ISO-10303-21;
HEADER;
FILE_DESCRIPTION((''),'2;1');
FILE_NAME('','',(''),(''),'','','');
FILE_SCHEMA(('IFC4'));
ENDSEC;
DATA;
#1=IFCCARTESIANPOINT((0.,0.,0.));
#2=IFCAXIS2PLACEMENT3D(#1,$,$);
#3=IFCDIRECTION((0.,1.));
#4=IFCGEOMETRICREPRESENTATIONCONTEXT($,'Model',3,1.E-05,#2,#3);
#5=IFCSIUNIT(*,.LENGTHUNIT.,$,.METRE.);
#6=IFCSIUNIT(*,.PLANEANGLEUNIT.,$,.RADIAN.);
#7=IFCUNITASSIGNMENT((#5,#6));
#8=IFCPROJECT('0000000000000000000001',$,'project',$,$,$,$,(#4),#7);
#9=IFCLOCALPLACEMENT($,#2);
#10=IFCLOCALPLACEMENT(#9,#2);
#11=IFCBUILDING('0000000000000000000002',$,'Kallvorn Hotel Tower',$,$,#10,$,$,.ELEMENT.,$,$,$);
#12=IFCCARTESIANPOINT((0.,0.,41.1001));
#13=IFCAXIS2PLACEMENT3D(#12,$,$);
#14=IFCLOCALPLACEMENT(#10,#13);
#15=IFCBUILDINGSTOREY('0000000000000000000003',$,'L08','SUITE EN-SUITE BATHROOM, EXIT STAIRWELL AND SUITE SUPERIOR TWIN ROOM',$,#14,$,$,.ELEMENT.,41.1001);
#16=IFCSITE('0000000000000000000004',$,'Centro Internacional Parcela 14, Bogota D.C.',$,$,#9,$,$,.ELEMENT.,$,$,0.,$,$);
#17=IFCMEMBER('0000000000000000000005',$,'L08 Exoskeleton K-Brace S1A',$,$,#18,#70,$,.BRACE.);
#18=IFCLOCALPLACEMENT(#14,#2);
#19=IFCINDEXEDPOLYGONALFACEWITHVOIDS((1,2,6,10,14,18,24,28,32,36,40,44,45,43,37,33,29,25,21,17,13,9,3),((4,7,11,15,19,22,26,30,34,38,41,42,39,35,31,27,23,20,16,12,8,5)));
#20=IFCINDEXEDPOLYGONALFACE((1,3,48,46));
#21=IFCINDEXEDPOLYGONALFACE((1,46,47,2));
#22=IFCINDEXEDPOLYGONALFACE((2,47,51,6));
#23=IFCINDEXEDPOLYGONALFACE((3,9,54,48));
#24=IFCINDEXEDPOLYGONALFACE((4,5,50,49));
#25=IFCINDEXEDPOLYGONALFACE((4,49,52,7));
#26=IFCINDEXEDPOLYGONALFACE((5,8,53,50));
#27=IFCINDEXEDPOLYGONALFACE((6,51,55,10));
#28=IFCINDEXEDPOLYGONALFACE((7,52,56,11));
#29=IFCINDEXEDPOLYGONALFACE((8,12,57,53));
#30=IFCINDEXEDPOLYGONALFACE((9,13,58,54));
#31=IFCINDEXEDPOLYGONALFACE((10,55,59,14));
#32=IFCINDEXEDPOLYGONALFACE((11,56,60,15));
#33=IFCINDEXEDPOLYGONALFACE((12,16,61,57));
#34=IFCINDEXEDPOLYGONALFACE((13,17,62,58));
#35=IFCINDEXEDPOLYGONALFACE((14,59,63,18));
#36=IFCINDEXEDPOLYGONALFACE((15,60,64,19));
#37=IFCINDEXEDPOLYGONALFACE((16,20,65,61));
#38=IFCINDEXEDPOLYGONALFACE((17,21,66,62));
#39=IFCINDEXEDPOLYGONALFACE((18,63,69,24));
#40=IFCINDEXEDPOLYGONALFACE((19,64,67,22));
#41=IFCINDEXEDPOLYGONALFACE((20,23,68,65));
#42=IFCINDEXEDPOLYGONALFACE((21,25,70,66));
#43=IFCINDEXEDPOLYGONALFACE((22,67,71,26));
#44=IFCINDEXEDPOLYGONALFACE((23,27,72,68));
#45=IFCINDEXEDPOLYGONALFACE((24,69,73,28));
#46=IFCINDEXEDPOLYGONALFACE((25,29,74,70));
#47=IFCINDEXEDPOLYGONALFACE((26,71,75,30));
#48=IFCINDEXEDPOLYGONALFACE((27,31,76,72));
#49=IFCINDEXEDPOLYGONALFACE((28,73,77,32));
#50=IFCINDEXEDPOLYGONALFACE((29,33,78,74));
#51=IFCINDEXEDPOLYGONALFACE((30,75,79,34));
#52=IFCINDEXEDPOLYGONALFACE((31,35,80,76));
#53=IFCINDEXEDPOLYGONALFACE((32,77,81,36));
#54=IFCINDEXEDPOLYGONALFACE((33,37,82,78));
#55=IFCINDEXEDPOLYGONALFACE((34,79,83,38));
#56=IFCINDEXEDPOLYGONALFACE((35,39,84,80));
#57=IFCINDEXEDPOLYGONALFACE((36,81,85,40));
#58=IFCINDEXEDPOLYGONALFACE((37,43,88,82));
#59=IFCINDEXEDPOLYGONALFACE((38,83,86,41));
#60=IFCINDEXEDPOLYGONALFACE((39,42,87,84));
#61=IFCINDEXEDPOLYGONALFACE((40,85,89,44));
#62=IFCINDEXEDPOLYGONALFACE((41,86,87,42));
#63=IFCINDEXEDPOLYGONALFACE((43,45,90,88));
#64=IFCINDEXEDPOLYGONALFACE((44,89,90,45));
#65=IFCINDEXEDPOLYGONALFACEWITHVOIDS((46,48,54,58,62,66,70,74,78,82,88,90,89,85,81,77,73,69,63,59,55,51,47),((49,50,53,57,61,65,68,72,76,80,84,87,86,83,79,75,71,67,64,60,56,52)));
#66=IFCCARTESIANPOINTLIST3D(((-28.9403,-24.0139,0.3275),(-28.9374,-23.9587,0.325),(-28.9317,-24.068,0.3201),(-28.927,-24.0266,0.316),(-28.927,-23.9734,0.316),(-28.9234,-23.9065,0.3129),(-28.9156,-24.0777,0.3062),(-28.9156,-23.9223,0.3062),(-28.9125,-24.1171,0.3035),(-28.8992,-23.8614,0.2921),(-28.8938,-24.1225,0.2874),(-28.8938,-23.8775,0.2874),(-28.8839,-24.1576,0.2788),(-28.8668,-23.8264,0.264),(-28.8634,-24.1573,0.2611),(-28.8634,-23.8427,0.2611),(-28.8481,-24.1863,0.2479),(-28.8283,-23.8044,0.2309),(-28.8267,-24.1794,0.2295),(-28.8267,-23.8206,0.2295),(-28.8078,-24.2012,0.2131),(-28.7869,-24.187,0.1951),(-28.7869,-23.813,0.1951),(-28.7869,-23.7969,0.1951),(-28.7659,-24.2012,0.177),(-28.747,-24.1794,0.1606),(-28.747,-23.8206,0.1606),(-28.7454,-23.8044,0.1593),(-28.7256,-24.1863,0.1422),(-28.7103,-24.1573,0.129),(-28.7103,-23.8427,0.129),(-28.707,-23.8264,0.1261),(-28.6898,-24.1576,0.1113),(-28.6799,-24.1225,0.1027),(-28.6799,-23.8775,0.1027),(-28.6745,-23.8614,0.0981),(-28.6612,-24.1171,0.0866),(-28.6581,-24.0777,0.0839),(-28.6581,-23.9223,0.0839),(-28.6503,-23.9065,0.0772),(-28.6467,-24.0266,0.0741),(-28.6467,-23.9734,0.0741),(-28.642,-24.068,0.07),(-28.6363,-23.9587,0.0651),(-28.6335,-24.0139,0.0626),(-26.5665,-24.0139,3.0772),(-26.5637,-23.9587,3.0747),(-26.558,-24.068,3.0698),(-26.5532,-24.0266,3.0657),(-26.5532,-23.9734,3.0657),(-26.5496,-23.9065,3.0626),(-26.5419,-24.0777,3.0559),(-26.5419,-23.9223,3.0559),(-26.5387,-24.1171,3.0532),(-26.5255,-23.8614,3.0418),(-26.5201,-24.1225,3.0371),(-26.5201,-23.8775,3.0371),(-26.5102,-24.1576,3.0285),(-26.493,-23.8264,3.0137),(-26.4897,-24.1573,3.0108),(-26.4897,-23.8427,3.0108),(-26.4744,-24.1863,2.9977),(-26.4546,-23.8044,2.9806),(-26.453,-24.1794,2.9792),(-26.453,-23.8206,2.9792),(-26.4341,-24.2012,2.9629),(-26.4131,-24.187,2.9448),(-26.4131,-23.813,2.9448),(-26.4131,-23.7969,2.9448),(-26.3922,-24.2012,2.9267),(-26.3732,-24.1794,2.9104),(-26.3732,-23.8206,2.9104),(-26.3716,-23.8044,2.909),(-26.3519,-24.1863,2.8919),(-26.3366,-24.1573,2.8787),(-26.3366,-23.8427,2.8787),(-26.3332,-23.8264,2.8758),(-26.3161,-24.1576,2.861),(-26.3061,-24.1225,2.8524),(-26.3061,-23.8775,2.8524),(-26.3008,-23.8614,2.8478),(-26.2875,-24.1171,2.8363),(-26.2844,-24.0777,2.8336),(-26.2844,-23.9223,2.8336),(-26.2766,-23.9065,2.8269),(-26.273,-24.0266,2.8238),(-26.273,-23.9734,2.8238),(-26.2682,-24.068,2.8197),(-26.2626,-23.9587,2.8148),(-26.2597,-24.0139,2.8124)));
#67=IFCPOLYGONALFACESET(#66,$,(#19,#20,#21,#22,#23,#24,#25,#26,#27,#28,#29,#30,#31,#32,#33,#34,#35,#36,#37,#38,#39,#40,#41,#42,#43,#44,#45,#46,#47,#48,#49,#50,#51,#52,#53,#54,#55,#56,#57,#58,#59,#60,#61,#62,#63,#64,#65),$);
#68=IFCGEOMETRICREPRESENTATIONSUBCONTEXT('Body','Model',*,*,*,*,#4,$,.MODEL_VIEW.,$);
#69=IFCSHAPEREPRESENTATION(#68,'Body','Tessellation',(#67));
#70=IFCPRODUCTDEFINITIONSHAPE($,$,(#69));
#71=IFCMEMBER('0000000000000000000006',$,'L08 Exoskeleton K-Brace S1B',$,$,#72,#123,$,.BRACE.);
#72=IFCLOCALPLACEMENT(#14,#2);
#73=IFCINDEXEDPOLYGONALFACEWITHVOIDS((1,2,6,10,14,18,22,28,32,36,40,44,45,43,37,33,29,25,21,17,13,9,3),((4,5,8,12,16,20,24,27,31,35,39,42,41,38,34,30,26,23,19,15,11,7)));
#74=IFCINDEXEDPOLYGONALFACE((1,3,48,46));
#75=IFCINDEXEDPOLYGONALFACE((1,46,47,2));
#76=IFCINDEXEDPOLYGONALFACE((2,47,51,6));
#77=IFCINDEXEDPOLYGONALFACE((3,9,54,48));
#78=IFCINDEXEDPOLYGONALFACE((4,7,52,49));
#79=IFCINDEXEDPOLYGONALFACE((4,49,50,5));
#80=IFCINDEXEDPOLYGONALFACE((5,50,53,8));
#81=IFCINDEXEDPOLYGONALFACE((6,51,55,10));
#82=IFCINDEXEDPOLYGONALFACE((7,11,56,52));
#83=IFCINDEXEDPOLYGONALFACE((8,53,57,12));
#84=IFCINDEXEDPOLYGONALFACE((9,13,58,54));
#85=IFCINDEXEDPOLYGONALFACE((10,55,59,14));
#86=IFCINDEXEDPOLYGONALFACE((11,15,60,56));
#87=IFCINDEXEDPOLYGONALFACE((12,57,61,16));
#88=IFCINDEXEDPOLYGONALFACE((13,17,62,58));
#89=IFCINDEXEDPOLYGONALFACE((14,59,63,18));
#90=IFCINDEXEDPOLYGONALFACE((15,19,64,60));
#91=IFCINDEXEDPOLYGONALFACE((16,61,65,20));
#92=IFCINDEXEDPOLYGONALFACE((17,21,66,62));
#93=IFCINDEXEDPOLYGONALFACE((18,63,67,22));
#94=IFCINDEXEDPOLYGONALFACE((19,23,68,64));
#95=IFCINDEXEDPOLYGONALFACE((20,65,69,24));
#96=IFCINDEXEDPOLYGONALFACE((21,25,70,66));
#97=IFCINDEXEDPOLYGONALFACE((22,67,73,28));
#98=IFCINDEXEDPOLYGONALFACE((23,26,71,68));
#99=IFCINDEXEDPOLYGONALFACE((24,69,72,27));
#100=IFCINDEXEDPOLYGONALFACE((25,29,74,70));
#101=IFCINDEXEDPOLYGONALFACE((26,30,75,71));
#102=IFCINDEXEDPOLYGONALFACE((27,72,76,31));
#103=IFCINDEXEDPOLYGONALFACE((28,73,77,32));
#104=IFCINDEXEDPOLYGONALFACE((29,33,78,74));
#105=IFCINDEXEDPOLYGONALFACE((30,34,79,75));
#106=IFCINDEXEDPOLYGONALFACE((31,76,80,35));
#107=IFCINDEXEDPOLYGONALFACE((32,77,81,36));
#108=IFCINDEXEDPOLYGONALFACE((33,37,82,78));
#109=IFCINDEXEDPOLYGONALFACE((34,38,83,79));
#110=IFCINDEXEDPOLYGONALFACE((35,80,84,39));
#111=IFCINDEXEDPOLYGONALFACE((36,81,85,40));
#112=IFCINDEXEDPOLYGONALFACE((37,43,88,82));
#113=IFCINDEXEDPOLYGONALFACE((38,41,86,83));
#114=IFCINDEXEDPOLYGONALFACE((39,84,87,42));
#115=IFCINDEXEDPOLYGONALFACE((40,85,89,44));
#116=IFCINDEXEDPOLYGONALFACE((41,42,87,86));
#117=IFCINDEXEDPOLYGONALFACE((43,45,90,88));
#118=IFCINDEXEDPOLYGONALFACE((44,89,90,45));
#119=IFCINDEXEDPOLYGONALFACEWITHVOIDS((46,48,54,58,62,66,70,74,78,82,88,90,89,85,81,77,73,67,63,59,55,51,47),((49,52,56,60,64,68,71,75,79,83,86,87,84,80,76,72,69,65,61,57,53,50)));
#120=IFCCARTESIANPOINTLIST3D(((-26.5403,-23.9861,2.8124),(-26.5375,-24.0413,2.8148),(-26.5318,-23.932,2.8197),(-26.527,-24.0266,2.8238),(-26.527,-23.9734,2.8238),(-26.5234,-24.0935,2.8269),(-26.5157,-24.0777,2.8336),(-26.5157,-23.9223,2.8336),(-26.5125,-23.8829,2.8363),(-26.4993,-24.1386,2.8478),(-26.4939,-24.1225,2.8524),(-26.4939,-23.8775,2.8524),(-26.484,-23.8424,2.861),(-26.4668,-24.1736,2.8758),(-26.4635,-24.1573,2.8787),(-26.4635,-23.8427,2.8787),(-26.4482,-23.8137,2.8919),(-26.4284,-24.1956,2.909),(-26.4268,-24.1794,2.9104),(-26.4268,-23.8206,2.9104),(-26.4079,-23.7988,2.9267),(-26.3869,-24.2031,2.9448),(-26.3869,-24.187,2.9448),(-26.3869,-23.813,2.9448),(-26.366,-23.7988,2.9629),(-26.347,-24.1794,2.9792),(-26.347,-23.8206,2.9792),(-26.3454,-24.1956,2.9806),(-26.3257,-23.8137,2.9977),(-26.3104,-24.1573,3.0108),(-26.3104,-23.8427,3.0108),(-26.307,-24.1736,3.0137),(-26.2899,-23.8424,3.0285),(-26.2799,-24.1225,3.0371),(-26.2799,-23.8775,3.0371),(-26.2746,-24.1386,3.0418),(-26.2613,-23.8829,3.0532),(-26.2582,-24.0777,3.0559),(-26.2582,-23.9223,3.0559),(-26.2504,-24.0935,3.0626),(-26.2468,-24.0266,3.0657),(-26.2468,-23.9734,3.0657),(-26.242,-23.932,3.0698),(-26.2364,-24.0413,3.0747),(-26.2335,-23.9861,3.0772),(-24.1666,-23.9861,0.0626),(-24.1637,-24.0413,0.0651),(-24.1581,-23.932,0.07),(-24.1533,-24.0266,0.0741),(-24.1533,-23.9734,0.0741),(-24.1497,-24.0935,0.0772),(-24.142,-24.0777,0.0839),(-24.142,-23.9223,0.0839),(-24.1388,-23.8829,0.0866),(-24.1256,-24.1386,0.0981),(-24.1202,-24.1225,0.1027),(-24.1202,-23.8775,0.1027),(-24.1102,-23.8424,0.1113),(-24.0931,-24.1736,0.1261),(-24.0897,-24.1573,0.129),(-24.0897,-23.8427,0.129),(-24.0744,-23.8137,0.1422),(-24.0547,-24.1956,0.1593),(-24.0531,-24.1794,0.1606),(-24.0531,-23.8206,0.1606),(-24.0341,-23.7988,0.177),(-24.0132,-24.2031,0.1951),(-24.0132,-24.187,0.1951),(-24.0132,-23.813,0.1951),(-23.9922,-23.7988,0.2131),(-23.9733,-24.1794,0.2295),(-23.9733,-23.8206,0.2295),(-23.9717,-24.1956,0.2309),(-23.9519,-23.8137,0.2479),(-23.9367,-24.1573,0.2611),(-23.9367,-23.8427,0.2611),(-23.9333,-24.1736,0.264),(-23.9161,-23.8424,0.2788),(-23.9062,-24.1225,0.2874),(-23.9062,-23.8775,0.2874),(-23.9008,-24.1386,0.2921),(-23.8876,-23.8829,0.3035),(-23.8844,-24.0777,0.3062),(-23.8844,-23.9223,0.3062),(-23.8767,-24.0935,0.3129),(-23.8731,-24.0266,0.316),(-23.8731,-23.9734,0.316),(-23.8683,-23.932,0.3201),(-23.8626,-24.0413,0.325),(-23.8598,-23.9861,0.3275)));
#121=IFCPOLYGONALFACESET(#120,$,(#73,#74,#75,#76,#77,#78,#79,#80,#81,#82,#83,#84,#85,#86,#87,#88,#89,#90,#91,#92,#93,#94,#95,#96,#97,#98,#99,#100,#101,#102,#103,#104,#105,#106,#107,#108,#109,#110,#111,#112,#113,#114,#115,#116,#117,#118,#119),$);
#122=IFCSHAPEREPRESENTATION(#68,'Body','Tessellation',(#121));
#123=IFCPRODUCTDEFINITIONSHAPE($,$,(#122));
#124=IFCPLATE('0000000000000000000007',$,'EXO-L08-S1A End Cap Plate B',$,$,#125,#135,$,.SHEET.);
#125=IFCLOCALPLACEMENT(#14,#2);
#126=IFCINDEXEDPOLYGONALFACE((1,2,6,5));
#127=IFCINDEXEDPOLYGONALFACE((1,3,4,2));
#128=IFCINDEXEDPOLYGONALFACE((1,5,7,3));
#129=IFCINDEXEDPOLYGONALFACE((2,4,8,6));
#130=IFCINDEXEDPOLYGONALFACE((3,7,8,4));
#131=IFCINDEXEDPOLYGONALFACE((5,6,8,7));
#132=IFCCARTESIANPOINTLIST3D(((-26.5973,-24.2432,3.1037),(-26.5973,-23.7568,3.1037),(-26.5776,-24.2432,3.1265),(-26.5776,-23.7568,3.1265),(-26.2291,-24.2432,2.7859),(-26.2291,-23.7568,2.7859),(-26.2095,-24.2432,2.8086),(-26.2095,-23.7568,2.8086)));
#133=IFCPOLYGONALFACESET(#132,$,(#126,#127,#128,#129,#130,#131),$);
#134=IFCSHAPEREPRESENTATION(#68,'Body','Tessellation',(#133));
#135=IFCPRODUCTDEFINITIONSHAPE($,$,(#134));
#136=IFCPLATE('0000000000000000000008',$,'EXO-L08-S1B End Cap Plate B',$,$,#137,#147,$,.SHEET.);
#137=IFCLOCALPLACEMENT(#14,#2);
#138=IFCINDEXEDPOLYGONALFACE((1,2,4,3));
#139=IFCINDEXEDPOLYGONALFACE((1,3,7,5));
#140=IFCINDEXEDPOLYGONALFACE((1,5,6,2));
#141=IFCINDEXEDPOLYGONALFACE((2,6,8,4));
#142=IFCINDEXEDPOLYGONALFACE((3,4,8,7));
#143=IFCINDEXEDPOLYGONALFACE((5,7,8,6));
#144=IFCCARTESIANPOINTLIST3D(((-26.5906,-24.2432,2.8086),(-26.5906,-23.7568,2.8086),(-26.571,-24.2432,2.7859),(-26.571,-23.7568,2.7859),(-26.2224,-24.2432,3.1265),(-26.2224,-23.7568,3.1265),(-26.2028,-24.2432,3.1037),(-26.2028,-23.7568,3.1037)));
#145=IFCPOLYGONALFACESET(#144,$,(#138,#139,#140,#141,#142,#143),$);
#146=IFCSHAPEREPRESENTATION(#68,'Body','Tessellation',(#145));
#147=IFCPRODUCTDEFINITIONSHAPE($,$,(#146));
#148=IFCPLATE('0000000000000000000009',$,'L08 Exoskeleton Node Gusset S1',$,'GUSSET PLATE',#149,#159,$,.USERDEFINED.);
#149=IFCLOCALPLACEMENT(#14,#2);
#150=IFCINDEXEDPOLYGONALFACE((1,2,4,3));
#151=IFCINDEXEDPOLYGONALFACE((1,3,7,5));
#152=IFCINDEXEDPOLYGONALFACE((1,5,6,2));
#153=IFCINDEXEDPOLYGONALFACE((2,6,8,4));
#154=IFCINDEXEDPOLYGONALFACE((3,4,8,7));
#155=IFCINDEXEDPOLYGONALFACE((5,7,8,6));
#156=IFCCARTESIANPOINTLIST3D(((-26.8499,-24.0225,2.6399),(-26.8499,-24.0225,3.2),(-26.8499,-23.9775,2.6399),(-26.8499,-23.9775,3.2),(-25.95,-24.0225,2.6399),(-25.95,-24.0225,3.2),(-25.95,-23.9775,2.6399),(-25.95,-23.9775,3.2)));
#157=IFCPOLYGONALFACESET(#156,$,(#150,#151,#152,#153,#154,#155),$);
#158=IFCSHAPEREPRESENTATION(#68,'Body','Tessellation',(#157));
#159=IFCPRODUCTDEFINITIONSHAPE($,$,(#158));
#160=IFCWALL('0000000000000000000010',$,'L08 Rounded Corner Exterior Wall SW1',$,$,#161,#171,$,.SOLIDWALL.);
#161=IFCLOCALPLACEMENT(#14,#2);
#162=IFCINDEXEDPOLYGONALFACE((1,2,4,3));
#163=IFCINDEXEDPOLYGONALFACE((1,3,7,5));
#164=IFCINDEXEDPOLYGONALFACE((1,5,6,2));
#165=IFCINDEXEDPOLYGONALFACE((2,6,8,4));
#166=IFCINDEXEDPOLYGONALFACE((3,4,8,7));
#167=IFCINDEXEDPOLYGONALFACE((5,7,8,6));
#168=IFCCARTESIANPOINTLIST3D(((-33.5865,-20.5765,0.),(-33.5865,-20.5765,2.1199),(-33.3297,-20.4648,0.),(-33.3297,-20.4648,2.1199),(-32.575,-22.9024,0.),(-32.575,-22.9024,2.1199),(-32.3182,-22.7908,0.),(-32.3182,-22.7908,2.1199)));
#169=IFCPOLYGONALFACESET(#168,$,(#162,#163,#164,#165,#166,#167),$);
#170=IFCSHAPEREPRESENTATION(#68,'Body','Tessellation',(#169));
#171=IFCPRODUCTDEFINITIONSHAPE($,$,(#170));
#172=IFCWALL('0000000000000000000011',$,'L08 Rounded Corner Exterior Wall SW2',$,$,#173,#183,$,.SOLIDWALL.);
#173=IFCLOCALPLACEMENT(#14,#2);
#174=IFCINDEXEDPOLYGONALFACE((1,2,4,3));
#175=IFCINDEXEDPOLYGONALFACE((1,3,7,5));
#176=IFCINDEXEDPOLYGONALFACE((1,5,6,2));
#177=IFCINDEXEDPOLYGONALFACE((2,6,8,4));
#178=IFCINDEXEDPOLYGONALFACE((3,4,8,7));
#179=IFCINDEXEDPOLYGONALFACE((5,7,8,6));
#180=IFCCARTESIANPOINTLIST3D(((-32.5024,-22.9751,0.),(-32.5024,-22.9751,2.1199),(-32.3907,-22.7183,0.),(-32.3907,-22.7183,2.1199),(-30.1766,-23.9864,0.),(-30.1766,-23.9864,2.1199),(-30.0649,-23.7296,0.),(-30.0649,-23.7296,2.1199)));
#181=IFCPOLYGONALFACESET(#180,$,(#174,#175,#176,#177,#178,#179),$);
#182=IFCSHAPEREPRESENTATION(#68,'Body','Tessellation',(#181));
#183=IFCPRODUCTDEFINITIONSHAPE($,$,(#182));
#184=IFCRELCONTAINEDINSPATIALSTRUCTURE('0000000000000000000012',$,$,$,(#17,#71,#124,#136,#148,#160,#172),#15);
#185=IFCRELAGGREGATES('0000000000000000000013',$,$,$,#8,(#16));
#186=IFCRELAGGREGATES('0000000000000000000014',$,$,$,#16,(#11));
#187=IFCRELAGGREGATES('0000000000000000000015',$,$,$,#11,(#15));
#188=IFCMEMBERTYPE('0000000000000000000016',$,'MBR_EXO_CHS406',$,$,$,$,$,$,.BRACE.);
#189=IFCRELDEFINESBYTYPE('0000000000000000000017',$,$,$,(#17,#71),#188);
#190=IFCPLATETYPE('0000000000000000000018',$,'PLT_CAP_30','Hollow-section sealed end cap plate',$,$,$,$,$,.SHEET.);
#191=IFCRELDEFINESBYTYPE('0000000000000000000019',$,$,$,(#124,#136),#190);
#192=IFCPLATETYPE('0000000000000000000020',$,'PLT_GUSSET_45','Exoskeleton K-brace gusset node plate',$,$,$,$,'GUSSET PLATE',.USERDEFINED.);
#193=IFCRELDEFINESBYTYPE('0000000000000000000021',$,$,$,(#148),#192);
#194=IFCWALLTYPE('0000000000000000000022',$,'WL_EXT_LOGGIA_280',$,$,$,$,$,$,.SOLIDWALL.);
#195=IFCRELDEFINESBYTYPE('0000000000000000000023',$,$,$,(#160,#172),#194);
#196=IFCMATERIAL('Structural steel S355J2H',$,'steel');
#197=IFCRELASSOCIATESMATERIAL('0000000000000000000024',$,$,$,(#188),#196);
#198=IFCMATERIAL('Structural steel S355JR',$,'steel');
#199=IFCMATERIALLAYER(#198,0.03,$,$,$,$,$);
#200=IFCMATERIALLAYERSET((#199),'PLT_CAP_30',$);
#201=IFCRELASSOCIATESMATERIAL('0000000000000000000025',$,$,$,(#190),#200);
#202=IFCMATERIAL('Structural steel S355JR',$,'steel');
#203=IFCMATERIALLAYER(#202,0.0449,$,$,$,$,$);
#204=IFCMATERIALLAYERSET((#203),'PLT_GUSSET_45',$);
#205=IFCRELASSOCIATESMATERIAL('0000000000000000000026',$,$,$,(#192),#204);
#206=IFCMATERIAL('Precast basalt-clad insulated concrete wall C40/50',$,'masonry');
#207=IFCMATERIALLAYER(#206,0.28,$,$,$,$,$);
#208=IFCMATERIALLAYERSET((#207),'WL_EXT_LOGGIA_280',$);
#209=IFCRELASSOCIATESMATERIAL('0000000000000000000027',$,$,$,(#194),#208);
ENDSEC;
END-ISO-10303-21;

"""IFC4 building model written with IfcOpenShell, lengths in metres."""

from ifc_helpers import new_model, si_unit, direction, frame, frame_2d, origin, origin_2d, place, context, subcontext, project, spatial, polyline, rectangle, hollow_circle, outline, extrude, material, layer, layer_set, material_profile, profile_set, type_object, element, save


model = new_model("IFC4")

# Units and contexts
model_context = context("Model", 3, precision=1e-05, world=origin(), true_north=direction((0.0, 1.0)))
body_context = subcontext(model_context, "Body", "Model", "MODEL_VIEW")
ifc_project = project(units=[si_unit("LENGTHUNIT", "METRE"), si_unit("PLANEANGLEUNIT", "RADIAN")], contexts=[model_context])

# Site, building, storey
site_placement = place(None, origin())
site = spatial("IfcSite", under=ifc_project, at=site_placement, Name="Centro Internacional Parcela 14, Bogota D.C.", CompositionType="ELEMENT", RefElevation=0.0)
building_placement = place(site_placement, origin())
building = spatial("IfcBuilding", under=site, at=building_placement, Name="Kallvorn Hotel Tower", CompositionType="ELEMENT")
storey_placement = place(building_placement, frame((0.0, 0.0, 41.1001)))
storey = spatial("IfcBuildingStorey", under=building, at=storey_placement, Name="L08", Description="SUITE EN-SUITE BATHROOM, EXIT STAIRWELL AND SUITE SUPERIOR TWIN ROOM", CompositionType="ELEMENT", Elevation=41.1001)

# Members
ifc_material_1 = material(Name="Structural steel S355J2H", Category="steel")
ifc_material_profile_1 = material_profile(ifc_material_1, hollow_circle(Radius=0.2031, WallThickness=0.0161, at=origin_2d()), Name="CHS 406.4x16")
ifc_profile_set_1 = profile_set([ifc_material_profile_1], Name="Structural steel S355J2H")
member_type = type_object("IfcMemberType", Name="MBR_EXO_CHS406", PredefinedType="BRACE", material=ifc_profile_set_1)
for number, where, z_axis, x_axis, name in (
    (1, (-28.7869, -24.0, 0.1951), (0.653461, 0.0, 0.756961), (0.0, 1.0, 0.0), "L08 Exoskeleton K-Brace S1A"),
    (2, (-24.0132, -24.0, 0.1951), (-0.653461, 0.0, 0.756961), (0.0, -1.0, 0.0), "L08 Exoskeleton K-Brace S1B"),
):
    element("IfcMember", number, at=place(storey_placement, frame(where, z_axis=z_axis, x_axis=x_axis)), inside=storey, type_object=member_type, Name=name, PredefinedType="BRACE", context=body_context, shape_type="SweptSolid", body=[
        extrude(hollow_circle(Radius=0.2031, WallThickness=0.0161, at=origin_2d()), origin(), (0.0, 0.0, 1.0), 3.6326),
    ])

# Plates
ifc_material_2 = material(Name="Structural steel S355JR", Category="steel")
ifc_layer_1 = layer(ifc_material_2, 0.03)
ifc_layer_set_1 = layer_set([ifc_layer_1], Name="PLT_CAP_30")
plate_type_1 = type_object("IfcPlateType", Name="PLT_CAP_30", Description="Hollow-section sealed end cap plate", PredefinedType="SHEET", material=ifc_layer_set_1)
for number, where, z_axis, x_axis, name in (
    (3, (-26.2095, -24.2432, 2.8086), (0.653515, 0.0, 0.756913), (0.0, 1.0, 0.0), "EXO-L08-S1A End Cap Plate B"),
    (4, (-26.5906, -23.7568, 2.8086), (-0.653515, 0.0, 0.756913), (0.0, -1.0, 0.0), "EXO-L08-S1B End Cap Plate B"),
):
    element("IfcPlate", number, at=place(storey_placement, frame(where, z_axis=z_axis, x_axis=x_axis)), inside=storey, type_object=plate_type_1, Name=name, PredefinedType="SHEET", context=body_context, shape_type="SweptSolid", body=[
        extrude(outline(polyline([(0.0, 0.0), (0.4863, 0.0), (0.4863, 0.4864), (0.0, 0.4864), (0.0, 0.0)])), origin(), (0.0, 0.0, -1.0), 0.03),
    ])
ifc_material_3 = material(Name="Structural steel S355JR", Category="steel")
ifc_layer_2 = layer(ifc_material_3, 0.0449)
ifc_layer_set_2 = layer_set([ifc_layer_2], Name="PLT_GUSSET_45")
plate_type_2 = type_object("IfcPlateType", Name="PLT_GUSSET_45", Description="Exoskeleton K-brace gusset node plate", ElementType="GUSSET PLATE", PredefinedType="USERDEFINED", material=ifc_layer_set_2)
plate_placement = place(storey_placement, frame((-26.3999, -24.0, 2.6399), z_axis=(0.0, 0.0, 1.0), x_axis=(1.0, 0.0, 0.0)))
element("IfcPlate", 5, at=plate_placement, inside=storey, type_object=plate_type_2, Name="L08 Exoskeleton Node Gusset S1", ObjectType="GUSSET PLATE", PredefinedType="USERDEFINED", context=body_context, shape_type="SweptSolid", body=[
    extrude(rectangle(XDim=0.8999, YDim=0.0449, at=origin_2d()), origin(), (0.0, 0.0, 1.0), 0.5601),
])

# Walls
ifc_material_4 = material(Name="Precast basalt-clad insulated concrete wall C40/50", Category="masonry")
ifc_layer_3 = layer(ifc_material_4, 0.28)
ifc_layer_set_3 = layer_set([ifc_layer_3], Name="WL_EXT_LOGGIA_280")
wall_type_1 = type_object("IfcWallType", Name="WL_EXT_LOGGIA_280", PredefinedType="SOLIDWALL", material=ifc_layer_set_3)
wall_1_placement = place(storey_placement, frame((-33.458, -20.5208, 0.0), z_axis=(0.0, 0.0, 1.0), x_axis=(0.398793, -0.917041, 0.0)))
element("IfcWall", 6, at=wall_1_placement, inside=storey, type_object=wall_type_1, Name="L08 Rounded Corner Exterior Wall SW1", PredefinedType="SOLIDWALL", context=body_context, shape_type="SweptSolid", body=[
    extrude(rectangle(XDim=2.5364, YDim=0.28, at=frame_2d((1.2681, 0.0))), origin(), (0.0, 0.0, 1.0), 2.1199),
])
wall_2_placement = place(storey_placement, frame((-32.4465, -22.8467, 0.0), z_axis=(0.0, 0.0, 1.0), x_axis=(0.917061, -0.398747, 0.0)))
element("IfcWall", 7, at=wall_2_placement, inside=storey, type_object=wall_type_1, Name="L08 Rounded Corner Exterior Wall SW2", PredefinedType="SOLIDWALL", context=body_context, shape_type="SweptSolid", body=[
    extrude(rectangle(XDim=2.5361, YDim=0.28, at=frame_2d((1.2681, 0.0))), origin(), (0.0, 0.0, 1.0), 2.1199),
])

save(model, "model.ifc")
